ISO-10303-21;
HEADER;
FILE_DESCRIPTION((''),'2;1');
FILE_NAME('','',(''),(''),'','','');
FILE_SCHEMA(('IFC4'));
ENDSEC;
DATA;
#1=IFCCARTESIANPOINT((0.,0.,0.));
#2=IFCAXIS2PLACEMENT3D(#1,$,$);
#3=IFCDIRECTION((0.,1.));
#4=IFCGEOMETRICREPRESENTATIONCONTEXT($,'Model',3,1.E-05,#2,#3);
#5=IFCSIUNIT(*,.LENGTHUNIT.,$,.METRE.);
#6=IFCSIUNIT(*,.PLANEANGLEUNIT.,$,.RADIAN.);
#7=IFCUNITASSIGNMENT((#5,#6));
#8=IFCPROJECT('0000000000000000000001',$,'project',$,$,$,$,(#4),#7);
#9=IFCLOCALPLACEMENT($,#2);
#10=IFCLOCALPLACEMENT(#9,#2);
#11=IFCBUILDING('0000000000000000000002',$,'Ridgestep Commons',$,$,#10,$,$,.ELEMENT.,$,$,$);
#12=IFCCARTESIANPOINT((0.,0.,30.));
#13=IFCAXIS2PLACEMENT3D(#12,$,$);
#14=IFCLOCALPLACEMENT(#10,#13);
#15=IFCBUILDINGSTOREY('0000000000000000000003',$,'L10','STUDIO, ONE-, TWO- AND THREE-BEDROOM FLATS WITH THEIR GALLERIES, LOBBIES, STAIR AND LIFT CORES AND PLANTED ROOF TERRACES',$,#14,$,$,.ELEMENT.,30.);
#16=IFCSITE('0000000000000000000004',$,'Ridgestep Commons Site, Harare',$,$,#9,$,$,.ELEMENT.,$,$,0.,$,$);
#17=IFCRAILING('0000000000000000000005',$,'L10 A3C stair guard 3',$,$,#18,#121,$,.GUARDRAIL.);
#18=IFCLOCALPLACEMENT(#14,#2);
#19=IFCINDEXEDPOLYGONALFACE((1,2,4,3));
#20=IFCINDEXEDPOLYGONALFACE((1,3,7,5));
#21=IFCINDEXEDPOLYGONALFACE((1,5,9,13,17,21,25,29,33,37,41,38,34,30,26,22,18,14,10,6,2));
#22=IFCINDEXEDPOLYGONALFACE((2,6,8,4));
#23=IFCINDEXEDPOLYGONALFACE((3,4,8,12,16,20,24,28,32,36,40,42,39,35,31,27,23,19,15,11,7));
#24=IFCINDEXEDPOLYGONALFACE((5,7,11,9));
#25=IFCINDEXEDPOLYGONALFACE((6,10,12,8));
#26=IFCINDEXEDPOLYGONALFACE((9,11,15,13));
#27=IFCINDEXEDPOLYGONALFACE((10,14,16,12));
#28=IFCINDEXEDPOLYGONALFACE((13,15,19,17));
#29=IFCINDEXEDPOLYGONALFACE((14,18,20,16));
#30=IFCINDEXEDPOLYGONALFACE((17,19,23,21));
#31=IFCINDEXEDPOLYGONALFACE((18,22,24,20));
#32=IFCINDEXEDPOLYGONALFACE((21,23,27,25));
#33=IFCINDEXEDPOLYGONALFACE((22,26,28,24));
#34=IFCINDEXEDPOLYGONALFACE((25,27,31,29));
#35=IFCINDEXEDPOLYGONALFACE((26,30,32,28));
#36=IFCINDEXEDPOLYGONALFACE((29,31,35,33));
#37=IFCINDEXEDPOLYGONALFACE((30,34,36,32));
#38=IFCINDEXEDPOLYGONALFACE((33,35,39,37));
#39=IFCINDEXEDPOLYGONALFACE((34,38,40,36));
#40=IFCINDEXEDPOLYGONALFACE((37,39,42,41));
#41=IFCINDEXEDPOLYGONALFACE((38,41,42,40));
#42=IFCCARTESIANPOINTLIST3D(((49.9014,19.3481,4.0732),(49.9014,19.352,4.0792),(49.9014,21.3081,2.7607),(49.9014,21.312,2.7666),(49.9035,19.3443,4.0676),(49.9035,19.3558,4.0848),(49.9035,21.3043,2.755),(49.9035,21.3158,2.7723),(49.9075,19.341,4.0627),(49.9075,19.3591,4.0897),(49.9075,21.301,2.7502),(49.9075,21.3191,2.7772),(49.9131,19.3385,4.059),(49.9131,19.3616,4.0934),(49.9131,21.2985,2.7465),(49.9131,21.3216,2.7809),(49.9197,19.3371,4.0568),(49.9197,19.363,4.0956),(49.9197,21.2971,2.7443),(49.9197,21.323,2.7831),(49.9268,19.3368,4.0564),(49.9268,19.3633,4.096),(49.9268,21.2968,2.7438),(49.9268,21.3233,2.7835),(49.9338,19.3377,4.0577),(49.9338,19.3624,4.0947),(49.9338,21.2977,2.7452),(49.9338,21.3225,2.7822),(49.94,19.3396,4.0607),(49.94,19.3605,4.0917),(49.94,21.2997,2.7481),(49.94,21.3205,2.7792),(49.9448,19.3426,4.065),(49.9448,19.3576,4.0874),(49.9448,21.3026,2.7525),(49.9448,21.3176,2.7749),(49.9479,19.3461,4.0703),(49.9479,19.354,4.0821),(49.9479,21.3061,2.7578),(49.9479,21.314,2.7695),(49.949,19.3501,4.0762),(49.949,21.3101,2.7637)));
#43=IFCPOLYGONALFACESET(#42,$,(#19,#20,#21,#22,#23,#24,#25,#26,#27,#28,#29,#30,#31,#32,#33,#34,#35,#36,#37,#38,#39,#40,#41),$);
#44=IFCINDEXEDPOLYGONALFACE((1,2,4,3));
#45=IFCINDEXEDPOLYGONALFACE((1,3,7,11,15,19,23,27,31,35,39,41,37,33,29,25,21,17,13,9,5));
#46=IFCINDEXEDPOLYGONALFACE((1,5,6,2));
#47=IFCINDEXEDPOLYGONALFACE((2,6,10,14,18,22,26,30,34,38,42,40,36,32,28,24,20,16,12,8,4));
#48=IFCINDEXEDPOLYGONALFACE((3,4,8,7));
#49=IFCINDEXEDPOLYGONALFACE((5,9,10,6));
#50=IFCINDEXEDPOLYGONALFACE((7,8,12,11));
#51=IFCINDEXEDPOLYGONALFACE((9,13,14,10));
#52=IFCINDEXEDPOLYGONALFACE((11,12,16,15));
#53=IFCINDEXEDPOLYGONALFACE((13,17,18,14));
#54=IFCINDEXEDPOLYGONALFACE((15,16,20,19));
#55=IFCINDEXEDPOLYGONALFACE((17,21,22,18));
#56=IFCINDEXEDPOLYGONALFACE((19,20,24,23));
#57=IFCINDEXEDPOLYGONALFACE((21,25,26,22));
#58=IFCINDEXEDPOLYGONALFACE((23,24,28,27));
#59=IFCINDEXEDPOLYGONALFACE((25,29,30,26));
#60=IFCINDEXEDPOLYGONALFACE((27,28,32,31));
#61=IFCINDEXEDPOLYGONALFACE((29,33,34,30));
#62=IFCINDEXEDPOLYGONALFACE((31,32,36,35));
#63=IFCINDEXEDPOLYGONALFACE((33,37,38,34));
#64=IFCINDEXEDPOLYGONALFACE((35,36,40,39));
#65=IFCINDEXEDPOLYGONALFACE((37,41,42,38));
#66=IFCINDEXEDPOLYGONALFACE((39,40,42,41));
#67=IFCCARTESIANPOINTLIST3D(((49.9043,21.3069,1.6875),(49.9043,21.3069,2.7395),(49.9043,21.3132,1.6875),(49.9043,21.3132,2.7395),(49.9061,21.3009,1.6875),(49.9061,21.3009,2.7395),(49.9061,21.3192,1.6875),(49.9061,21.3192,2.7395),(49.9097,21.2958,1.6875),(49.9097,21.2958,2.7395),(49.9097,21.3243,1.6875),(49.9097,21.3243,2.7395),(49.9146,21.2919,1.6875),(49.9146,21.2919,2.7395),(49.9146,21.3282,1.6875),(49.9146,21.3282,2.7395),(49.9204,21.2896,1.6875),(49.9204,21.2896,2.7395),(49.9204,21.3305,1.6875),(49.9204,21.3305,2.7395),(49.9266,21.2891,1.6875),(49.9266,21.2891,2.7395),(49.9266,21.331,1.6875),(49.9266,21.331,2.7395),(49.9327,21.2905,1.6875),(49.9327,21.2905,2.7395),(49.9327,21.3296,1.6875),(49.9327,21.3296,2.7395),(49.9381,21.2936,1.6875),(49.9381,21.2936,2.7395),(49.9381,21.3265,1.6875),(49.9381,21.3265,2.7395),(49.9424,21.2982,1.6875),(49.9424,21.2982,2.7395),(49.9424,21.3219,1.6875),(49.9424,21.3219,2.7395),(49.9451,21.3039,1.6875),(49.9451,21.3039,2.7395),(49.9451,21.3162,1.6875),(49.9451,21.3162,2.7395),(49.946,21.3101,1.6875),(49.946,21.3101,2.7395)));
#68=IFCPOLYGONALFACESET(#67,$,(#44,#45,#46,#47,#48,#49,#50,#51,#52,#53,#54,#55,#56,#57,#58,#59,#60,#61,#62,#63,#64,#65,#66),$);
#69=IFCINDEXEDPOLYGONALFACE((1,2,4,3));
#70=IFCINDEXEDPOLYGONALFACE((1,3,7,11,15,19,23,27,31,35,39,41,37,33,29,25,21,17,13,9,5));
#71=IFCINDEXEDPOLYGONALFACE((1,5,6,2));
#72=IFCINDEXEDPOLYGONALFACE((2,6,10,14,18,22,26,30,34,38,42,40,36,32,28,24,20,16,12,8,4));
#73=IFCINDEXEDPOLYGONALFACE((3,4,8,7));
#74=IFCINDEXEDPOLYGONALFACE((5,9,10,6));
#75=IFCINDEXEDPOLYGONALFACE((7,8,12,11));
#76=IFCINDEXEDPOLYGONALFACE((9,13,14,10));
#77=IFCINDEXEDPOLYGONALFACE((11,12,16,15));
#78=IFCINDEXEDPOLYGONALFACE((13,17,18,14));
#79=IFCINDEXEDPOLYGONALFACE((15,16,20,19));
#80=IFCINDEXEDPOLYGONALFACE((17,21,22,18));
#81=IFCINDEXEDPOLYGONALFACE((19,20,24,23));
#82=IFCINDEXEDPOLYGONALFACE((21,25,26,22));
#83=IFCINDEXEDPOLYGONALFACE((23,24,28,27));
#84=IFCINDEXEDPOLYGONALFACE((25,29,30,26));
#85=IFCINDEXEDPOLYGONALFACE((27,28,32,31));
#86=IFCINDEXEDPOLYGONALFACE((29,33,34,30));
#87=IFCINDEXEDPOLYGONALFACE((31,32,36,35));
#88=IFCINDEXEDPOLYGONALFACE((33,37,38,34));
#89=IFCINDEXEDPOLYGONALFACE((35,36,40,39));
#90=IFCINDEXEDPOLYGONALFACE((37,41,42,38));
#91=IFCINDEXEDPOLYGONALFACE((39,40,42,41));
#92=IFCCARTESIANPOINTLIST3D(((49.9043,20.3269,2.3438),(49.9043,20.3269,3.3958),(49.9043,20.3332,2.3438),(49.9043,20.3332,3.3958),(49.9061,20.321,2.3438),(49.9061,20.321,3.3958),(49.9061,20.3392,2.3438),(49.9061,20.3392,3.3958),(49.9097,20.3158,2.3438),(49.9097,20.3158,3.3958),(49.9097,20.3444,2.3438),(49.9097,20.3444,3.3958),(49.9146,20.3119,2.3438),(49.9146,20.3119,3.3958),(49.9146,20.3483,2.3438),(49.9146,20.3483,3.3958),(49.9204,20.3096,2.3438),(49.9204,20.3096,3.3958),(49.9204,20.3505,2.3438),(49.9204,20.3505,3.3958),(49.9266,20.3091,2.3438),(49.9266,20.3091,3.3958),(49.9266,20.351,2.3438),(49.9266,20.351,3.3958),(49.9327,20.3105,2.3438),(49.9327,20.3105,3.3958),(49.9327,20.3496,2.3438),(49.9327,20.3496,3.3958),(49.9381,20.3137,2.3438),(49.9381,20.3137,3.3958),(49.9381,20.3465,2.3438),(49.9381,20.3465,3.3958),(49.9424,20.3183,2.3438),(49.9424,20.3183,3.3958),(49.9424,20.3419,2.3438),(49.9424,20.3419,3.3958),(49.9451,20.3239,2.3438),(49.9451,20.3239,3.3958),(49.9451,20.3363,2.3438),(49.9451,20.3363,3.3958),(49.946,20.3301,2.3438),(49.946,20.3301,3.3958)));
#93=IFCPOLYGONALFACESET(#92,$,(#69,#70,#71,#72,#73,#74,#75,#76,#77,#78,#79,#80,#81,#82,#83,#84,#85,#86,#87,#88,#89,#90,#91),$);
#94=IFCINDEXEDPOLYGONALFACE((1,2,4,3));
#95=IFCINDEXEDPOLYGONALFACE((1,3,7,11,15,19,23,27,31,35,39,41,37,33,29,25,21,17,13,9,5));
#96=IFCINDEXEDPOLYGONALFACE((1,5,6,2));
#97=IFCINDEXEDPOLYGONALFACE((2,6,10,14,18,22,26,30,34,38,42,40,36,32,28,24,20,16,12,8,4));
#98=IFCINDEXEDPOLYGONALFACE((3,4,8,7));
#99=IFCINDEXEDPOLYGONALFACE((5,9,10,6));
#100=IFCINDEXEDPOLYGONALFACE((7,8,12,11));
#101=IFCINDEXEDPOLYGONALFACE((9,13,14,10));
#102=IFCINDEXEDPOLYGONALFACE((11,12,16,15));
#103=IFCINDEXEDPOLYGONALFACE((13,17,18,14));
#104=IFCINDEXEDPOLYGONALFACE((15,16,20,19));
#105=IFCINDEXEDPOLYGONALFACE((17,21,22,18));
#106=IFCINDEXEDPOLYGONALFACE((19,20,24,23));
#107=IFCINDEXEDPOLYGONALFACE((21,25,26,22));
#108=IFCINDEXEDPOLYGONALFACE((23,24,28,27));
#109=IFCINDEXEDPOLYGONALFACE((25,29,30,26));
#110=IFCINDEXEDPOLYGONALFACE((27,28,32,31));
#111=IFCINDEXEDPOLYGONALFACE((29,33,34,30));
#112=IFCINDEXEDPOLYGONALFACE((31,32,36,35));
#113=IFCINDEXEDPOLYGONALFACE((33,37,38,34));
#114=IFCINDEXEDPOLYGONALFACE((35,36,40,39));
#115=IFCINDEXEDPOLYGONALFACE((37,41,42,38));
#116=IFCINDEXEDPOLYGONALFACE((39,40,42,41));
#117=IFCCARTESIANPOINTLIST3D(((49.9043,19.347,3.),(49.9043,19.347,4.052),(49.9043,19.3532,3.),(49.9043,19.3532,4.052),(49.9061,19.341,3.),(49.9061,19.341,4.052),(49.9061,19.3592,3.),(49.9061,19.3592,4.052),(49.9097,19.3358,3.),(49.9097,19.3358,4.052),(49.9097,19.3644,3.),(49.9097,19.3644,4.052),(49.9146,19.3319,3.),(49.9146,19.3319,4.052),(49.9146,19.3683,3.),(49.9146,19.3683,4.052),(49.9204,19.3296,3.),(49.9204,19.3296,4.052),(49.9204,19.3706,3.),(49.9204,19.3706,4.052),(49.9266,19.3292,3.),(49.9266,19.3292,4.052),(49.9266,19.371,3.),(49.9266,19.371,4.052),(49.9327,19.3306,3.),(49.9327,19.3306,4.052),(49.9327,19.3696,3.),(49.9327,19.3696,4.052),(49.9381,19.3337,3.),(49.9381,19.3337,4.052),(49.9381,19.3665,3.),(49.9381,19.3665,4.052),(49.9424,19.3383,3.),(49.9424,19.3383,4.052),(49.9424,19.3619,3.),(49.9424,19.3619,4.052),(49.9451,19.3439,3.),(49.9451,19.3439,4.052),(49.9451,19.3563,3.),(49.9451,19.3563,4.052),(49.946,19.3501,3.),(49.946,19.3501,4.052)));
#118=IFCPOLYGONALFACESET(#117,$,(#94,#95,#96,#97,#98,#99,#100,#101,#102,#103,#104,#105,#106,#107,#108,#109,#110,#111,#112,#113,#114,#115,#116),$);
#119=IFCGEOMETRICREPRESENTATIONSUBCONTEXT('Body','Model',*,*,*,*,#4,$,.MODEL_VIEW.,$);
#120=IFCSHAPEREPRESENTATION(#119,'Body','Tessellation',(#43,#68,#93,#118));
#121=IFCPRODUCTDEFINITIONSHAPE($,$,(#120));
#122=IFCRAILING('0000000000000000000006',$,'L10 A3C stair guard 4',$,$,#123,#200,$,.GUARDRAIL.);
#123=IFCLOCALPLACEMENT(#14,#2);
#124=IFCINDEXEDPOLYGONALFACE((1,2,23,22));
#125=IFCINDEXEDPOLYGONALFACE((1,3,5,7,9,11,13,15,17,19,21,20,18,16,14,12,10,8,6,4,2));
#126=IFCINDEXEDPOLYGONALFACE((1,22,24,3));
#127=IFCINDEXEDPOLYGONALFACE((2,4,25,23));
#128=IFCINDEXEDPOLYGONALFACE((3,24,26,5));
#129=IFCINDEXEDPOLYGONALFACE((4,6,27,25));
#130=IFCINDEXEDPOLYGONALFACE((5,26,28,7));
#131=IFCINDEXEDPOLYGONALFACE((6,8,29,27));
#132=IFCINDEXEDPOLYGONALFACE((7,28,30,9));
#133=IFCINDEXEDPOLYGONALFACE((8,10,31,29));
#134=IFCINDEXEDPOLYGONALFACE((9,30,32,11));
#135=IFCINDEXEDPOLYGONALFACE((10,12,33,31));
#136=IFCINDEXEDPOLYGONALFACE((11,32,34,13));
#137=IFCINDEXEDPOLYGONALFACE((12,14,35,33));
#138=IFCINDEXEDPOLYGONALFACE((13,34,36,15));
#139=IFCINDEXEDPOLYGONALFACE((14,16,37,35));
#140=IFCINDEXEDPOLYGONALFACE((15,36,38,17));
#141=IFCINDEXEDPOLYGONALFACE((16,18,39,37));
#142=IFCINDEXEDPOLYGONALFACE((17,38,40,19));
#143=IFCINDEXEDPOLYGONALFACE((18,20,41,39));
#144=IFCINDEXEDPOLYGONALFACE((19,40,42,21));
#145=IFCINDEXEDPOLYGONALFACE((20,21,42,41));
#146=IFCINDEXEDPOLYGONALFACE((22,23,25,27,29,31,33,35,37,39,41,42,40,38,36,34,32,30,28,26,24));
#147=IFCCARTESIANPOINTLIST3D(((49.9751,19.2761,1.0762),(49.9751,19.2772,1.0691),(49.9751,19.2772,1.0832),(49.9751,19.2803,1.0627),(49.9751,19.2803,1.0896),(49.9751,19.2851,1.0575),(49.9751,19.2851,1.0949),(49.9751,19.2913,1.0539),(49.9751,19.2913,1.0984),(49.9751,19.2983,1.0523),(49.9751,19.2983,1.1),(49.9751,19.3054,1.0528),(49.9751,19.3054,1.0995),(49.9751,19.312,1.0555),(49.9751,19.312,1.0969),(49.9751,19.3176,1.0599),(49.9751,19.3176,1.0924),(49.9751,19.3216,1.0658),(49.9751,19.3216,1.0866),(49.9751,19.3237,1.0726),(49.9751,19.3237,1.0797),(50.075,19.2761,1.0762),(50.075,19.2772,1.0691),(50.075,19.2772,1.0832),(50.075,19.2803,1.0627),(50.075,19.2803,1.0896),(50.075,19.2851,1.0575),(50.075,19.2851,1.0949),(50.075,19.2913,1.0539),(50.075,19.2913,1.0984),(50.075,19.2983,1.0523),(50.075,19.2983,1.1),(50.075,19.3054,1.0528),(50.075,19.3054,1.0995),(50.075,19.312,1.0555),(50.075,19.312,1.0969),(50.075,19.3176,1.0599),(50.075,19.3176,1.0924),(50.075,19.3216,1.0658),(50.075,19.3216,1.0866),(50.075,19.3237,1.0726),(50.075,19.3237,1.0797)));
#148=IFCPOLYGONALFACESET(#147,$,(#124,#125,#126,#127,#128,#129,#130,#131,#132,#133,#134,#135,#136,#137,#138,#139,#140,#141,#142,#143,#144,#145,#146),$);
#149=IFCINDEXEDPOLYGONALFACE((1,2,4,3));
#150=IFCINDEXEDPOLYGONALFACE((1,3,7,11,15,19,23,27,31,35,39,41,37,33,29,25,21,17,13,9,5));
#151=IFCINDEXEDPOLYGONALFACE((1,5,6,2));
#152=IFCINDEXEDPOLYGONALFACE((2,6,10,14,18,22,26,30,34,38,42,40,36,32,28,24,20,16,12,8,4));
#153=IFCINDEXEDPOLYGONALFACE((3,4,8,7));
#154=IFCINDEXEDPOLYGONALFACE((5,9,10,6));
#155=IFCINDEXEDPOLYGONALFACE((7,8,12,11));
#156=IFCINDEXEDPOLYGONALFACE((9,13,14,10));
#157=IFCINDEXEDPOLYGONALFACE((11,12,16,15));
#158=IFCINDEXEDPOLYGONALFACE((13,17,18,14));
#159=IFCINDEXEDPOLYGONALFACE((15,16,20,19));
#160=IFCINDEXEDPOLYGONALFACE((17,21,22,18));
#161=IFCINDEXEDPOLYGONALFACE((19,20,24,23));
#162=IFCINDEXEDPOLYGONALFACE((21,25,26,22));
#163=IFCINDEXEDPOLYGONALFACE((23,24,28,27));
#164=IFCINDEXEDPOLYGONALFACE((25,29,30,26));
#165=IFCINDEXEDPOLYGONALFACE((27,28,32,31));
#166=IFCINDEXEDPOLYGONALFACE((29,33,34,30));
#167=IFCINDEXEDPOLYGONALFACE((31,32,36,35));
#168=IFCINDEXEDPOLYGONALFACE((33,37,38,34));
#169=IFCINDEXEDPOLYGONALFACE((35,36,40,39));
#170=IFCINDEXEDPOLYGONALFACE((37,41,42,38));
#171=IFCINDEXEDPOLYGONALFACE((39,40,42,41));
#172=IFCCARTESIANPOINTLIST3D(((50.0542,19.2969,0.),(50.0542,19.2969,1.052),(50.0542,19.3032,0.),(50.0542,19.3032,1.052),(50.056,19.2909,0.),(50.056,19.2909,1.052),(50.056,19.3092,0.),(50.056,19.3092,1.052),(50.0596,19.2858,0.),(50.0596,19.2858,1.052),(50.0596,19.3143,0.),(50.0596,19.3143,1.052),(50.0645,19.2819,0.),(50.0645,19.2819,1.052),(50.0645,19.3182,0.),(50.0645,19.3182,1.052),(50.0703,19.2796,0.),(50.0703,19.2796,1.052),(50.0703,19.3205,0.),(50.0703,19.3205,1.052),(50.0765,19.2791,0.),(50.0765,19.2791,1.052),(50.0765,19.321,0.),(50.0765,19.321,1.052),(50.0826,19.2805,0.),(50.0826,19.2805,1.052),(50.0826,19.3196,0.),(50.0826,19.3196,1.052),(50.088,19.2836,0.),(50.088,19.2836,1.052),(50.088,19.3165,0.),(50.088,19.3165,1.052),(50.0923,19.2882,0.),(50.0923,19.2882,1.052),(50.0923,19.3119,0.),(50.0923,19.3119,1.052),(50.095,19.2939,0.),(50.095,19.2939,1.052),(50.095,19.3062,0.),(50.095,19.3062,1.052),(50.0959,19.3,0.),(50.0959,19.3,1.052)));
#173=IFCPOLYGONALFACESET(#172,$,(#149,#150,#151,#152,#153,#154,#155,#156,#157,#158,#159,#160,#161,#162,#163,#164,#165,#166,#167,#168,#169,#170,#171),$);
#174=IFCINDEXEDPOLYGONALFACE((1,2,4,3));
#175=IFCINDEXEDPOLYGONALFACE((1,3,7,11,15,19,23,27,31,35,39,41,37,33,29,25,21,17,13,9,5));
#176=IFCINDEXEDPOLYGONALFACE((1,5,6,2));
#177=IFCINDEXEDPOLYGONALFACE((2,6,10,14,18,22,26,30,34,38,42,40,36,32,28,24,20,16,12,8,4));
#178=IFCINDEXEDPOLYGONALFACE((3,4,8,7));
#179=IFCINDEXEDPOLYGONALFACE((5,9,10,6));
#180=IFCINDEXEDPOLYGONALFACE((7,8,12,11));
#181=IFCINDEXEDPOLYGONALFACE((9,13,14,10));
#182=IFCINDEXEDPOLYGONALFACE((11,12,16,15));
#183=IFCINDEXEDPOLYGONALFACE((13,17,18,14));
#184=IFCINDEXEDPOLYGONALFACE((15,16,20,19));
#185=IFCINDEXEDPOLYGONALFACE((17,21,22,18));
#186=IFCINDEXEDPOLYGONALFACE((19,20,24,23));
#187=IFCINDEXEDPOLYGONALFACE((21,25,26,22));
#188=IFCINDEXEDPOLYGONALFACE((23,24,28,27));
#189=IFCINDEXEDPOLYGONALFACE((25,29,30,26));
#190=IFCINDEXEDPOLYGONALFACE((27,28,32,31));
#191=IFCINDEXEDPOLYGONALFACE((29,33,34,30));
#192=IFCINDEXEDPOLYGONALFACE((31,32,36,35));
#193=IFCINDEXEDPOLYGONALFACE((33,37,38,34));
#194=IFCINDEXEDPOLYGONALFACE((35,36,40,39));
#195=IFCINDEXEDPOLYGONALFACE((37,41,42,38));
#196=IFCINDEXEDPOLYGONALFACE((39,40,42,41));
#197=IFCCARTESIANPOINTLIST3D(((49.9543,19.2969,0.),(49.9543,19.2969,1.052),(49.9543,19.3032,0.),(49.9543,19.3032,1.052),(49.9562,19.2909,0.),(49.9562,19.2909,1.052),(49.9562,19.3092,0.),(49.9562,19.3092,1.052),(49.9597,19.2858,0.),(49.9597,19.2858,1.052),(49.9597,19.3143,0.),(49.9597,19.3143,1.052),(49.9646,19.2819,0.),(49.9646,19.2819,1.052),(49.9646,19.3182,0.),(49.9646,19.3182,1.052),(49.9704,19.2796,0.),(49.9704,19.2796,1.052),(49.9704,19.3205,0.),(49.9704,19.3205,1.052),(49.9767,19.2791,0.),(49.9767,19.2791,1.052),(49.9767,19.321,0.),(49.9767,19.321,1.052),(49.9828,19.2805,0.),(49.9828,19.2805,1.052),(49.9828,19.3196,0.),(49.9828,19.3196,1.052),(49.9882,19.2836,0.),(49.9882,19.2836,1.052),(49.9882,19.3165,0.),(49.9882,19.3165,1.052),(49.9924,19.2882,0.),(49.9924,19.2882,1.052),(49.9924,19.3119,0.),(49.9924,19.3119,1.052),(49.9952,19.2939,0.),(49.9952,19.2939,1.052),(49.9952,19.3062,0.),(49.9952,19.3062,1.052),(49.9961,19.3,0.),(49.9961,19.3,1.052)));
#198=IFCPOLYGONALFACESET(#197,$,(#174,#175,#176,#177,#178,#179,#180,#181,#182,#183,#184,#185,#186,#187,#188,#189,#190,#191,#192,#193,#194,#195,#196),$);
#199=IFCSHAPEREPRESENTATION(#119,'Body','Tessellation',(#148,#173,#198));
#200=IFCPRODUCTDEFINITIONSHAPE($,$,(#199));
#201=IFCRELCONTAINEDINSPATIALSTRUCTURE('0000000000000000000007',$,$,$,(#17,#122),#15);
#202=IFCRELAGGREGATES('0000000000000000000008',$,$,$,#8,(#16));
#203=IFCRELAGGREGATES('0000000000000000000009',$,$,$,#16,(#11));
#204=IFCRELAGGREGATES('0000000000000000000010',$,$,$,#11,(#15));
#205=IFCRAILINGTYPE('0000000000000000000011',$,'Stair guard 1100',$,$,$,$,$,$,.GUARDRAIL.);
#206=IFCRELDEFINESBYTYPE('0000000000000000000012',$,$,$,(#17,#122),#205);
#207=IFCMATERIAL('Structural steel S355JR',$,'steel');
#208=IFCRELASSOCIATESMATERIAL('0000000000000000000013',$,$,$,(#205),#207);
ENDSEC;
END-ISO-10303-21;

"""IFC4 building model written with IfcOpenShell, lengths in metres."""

from ifc_helpers import new_model, si_unit, direction, frame, origin, origin_2d, place, context, subcontext, project, spatial, circle, extrude, material, type_object, element, save


model = new_model("IFC4")

# Units and contexts
model_context = context("Model", 3, precision=1e-05, world=origin(), true_north=direction((0.0, 1.0)))
body_context = subcontext(model_context, "Body", "Model", "MODEL_VIEW")
ifc_project = project(units=[si_unit("LENGTHUNIT", "METRE"), si_unit("PLANEANGLEUNIT", "RADIAN")], contexts=[model_context])

# Site, building, storey
site_placement = place(None, origin())
site = spatial("IfcSite", under=ifc_project, at=site_placement, Name="Ridgestep Commons Site, Harare", CompositionType="ELEMENT", RefElevation=0.0)
building_placement = place(site_placement, origin())
building = spatial("IfcBuilding", under=site, at=building_placement, Name="Ridgestep Commons", CompositionType="ELEMENT")
storey_placement = place(building_placement, frame((0.0, 0.0, 30.0)))
storey = spatial("IfcBuildingStorey", under=building, at=storey_placement, Name="L10", Description="STUDIO, ONE-, TWO- AND THREE-BEDROOM FLATS WITH THEIR GALLERIES, LOBBIES, STAIR AND LIFT CORES AND PLANTED ROOF TERRACES", CompositionType="ELEMENT", Elevation=30.0)

# Railings
ifc_material_1 = material(Name="Structural steel S355JR", Category="steel")
railing_type_1 = type_object("IfcRailingType", Name="Stair guard 1100", PredefinedType="GUARDRAIL", material=ifc_material_1)
railing_1_placement = place(storey_placement, frame((49.925, 21.3101, 1.6875)))
element("IfcRailing", 1, at=railing_1_placement, inside=storey, type_object=railing_type_1, Name="L10 A3C stair guard 3", PredefinedType="GUARDRAIL", context=body_context, shape_type="SweptSolid", body=[
    extrude(circle(Radius=0.0239, at=origin_2d()), frame((0.0, 0.0, 1.0762), z_axis=(0.0, -0.830902, 0.556419), x_axis=(1.0, 0.0, 0.0)), (0.0, 0.0, 1.0), 2.3589),
    extrude(circle(Radius=0.021, at=origin_2d()), origin(), (0.0, 0.0, 1.0), 1.052),
    extrude(circle(Radius=0.021, at=origin_2d()), frame((0.0, -0.98, 0.6562)), (0.0, 0.0, 1.0), 1.052),
    extrude(circle(Radius=0.021, at=origin_2d()), frame((0.0, -1.96, 1.3125)), (0.0, 0.0, 1.0), 1.052),
])
railing_2_placement = place(storey_placement, frame((50.075, 19.3, 0.0)))
element("IfcRailing", 2, at=railing_2_placement, inside=storey, type_object=railing_type_1, Name="L10 A3C stair guard 4", PredefinedType="GUARDRAIL", context=body_context, shape_type="SweptSolid", body=[
    extrude(circle(Radius=0.0239, at=origin_2d()), frame((0.0, 0.0, 1.0762), z_axis=(-1.0, 0.0, 0.0), x_axis=(0.0, -1.0, 0.0)), (0.0, 0.0, 1.0), 0.0999),
    extrude(circle(Radius=0.021, at=origin_2d()), origin(), (0.0, 0.0, 1.0), 1.052),
    extrude(circle(Radius=0.021, at=origin_2d()), frame((-0.0999, 0.0, 0.0)), (0.0, 0.0, 1.0), 1.052),
])

save(model, "model.ifc")
